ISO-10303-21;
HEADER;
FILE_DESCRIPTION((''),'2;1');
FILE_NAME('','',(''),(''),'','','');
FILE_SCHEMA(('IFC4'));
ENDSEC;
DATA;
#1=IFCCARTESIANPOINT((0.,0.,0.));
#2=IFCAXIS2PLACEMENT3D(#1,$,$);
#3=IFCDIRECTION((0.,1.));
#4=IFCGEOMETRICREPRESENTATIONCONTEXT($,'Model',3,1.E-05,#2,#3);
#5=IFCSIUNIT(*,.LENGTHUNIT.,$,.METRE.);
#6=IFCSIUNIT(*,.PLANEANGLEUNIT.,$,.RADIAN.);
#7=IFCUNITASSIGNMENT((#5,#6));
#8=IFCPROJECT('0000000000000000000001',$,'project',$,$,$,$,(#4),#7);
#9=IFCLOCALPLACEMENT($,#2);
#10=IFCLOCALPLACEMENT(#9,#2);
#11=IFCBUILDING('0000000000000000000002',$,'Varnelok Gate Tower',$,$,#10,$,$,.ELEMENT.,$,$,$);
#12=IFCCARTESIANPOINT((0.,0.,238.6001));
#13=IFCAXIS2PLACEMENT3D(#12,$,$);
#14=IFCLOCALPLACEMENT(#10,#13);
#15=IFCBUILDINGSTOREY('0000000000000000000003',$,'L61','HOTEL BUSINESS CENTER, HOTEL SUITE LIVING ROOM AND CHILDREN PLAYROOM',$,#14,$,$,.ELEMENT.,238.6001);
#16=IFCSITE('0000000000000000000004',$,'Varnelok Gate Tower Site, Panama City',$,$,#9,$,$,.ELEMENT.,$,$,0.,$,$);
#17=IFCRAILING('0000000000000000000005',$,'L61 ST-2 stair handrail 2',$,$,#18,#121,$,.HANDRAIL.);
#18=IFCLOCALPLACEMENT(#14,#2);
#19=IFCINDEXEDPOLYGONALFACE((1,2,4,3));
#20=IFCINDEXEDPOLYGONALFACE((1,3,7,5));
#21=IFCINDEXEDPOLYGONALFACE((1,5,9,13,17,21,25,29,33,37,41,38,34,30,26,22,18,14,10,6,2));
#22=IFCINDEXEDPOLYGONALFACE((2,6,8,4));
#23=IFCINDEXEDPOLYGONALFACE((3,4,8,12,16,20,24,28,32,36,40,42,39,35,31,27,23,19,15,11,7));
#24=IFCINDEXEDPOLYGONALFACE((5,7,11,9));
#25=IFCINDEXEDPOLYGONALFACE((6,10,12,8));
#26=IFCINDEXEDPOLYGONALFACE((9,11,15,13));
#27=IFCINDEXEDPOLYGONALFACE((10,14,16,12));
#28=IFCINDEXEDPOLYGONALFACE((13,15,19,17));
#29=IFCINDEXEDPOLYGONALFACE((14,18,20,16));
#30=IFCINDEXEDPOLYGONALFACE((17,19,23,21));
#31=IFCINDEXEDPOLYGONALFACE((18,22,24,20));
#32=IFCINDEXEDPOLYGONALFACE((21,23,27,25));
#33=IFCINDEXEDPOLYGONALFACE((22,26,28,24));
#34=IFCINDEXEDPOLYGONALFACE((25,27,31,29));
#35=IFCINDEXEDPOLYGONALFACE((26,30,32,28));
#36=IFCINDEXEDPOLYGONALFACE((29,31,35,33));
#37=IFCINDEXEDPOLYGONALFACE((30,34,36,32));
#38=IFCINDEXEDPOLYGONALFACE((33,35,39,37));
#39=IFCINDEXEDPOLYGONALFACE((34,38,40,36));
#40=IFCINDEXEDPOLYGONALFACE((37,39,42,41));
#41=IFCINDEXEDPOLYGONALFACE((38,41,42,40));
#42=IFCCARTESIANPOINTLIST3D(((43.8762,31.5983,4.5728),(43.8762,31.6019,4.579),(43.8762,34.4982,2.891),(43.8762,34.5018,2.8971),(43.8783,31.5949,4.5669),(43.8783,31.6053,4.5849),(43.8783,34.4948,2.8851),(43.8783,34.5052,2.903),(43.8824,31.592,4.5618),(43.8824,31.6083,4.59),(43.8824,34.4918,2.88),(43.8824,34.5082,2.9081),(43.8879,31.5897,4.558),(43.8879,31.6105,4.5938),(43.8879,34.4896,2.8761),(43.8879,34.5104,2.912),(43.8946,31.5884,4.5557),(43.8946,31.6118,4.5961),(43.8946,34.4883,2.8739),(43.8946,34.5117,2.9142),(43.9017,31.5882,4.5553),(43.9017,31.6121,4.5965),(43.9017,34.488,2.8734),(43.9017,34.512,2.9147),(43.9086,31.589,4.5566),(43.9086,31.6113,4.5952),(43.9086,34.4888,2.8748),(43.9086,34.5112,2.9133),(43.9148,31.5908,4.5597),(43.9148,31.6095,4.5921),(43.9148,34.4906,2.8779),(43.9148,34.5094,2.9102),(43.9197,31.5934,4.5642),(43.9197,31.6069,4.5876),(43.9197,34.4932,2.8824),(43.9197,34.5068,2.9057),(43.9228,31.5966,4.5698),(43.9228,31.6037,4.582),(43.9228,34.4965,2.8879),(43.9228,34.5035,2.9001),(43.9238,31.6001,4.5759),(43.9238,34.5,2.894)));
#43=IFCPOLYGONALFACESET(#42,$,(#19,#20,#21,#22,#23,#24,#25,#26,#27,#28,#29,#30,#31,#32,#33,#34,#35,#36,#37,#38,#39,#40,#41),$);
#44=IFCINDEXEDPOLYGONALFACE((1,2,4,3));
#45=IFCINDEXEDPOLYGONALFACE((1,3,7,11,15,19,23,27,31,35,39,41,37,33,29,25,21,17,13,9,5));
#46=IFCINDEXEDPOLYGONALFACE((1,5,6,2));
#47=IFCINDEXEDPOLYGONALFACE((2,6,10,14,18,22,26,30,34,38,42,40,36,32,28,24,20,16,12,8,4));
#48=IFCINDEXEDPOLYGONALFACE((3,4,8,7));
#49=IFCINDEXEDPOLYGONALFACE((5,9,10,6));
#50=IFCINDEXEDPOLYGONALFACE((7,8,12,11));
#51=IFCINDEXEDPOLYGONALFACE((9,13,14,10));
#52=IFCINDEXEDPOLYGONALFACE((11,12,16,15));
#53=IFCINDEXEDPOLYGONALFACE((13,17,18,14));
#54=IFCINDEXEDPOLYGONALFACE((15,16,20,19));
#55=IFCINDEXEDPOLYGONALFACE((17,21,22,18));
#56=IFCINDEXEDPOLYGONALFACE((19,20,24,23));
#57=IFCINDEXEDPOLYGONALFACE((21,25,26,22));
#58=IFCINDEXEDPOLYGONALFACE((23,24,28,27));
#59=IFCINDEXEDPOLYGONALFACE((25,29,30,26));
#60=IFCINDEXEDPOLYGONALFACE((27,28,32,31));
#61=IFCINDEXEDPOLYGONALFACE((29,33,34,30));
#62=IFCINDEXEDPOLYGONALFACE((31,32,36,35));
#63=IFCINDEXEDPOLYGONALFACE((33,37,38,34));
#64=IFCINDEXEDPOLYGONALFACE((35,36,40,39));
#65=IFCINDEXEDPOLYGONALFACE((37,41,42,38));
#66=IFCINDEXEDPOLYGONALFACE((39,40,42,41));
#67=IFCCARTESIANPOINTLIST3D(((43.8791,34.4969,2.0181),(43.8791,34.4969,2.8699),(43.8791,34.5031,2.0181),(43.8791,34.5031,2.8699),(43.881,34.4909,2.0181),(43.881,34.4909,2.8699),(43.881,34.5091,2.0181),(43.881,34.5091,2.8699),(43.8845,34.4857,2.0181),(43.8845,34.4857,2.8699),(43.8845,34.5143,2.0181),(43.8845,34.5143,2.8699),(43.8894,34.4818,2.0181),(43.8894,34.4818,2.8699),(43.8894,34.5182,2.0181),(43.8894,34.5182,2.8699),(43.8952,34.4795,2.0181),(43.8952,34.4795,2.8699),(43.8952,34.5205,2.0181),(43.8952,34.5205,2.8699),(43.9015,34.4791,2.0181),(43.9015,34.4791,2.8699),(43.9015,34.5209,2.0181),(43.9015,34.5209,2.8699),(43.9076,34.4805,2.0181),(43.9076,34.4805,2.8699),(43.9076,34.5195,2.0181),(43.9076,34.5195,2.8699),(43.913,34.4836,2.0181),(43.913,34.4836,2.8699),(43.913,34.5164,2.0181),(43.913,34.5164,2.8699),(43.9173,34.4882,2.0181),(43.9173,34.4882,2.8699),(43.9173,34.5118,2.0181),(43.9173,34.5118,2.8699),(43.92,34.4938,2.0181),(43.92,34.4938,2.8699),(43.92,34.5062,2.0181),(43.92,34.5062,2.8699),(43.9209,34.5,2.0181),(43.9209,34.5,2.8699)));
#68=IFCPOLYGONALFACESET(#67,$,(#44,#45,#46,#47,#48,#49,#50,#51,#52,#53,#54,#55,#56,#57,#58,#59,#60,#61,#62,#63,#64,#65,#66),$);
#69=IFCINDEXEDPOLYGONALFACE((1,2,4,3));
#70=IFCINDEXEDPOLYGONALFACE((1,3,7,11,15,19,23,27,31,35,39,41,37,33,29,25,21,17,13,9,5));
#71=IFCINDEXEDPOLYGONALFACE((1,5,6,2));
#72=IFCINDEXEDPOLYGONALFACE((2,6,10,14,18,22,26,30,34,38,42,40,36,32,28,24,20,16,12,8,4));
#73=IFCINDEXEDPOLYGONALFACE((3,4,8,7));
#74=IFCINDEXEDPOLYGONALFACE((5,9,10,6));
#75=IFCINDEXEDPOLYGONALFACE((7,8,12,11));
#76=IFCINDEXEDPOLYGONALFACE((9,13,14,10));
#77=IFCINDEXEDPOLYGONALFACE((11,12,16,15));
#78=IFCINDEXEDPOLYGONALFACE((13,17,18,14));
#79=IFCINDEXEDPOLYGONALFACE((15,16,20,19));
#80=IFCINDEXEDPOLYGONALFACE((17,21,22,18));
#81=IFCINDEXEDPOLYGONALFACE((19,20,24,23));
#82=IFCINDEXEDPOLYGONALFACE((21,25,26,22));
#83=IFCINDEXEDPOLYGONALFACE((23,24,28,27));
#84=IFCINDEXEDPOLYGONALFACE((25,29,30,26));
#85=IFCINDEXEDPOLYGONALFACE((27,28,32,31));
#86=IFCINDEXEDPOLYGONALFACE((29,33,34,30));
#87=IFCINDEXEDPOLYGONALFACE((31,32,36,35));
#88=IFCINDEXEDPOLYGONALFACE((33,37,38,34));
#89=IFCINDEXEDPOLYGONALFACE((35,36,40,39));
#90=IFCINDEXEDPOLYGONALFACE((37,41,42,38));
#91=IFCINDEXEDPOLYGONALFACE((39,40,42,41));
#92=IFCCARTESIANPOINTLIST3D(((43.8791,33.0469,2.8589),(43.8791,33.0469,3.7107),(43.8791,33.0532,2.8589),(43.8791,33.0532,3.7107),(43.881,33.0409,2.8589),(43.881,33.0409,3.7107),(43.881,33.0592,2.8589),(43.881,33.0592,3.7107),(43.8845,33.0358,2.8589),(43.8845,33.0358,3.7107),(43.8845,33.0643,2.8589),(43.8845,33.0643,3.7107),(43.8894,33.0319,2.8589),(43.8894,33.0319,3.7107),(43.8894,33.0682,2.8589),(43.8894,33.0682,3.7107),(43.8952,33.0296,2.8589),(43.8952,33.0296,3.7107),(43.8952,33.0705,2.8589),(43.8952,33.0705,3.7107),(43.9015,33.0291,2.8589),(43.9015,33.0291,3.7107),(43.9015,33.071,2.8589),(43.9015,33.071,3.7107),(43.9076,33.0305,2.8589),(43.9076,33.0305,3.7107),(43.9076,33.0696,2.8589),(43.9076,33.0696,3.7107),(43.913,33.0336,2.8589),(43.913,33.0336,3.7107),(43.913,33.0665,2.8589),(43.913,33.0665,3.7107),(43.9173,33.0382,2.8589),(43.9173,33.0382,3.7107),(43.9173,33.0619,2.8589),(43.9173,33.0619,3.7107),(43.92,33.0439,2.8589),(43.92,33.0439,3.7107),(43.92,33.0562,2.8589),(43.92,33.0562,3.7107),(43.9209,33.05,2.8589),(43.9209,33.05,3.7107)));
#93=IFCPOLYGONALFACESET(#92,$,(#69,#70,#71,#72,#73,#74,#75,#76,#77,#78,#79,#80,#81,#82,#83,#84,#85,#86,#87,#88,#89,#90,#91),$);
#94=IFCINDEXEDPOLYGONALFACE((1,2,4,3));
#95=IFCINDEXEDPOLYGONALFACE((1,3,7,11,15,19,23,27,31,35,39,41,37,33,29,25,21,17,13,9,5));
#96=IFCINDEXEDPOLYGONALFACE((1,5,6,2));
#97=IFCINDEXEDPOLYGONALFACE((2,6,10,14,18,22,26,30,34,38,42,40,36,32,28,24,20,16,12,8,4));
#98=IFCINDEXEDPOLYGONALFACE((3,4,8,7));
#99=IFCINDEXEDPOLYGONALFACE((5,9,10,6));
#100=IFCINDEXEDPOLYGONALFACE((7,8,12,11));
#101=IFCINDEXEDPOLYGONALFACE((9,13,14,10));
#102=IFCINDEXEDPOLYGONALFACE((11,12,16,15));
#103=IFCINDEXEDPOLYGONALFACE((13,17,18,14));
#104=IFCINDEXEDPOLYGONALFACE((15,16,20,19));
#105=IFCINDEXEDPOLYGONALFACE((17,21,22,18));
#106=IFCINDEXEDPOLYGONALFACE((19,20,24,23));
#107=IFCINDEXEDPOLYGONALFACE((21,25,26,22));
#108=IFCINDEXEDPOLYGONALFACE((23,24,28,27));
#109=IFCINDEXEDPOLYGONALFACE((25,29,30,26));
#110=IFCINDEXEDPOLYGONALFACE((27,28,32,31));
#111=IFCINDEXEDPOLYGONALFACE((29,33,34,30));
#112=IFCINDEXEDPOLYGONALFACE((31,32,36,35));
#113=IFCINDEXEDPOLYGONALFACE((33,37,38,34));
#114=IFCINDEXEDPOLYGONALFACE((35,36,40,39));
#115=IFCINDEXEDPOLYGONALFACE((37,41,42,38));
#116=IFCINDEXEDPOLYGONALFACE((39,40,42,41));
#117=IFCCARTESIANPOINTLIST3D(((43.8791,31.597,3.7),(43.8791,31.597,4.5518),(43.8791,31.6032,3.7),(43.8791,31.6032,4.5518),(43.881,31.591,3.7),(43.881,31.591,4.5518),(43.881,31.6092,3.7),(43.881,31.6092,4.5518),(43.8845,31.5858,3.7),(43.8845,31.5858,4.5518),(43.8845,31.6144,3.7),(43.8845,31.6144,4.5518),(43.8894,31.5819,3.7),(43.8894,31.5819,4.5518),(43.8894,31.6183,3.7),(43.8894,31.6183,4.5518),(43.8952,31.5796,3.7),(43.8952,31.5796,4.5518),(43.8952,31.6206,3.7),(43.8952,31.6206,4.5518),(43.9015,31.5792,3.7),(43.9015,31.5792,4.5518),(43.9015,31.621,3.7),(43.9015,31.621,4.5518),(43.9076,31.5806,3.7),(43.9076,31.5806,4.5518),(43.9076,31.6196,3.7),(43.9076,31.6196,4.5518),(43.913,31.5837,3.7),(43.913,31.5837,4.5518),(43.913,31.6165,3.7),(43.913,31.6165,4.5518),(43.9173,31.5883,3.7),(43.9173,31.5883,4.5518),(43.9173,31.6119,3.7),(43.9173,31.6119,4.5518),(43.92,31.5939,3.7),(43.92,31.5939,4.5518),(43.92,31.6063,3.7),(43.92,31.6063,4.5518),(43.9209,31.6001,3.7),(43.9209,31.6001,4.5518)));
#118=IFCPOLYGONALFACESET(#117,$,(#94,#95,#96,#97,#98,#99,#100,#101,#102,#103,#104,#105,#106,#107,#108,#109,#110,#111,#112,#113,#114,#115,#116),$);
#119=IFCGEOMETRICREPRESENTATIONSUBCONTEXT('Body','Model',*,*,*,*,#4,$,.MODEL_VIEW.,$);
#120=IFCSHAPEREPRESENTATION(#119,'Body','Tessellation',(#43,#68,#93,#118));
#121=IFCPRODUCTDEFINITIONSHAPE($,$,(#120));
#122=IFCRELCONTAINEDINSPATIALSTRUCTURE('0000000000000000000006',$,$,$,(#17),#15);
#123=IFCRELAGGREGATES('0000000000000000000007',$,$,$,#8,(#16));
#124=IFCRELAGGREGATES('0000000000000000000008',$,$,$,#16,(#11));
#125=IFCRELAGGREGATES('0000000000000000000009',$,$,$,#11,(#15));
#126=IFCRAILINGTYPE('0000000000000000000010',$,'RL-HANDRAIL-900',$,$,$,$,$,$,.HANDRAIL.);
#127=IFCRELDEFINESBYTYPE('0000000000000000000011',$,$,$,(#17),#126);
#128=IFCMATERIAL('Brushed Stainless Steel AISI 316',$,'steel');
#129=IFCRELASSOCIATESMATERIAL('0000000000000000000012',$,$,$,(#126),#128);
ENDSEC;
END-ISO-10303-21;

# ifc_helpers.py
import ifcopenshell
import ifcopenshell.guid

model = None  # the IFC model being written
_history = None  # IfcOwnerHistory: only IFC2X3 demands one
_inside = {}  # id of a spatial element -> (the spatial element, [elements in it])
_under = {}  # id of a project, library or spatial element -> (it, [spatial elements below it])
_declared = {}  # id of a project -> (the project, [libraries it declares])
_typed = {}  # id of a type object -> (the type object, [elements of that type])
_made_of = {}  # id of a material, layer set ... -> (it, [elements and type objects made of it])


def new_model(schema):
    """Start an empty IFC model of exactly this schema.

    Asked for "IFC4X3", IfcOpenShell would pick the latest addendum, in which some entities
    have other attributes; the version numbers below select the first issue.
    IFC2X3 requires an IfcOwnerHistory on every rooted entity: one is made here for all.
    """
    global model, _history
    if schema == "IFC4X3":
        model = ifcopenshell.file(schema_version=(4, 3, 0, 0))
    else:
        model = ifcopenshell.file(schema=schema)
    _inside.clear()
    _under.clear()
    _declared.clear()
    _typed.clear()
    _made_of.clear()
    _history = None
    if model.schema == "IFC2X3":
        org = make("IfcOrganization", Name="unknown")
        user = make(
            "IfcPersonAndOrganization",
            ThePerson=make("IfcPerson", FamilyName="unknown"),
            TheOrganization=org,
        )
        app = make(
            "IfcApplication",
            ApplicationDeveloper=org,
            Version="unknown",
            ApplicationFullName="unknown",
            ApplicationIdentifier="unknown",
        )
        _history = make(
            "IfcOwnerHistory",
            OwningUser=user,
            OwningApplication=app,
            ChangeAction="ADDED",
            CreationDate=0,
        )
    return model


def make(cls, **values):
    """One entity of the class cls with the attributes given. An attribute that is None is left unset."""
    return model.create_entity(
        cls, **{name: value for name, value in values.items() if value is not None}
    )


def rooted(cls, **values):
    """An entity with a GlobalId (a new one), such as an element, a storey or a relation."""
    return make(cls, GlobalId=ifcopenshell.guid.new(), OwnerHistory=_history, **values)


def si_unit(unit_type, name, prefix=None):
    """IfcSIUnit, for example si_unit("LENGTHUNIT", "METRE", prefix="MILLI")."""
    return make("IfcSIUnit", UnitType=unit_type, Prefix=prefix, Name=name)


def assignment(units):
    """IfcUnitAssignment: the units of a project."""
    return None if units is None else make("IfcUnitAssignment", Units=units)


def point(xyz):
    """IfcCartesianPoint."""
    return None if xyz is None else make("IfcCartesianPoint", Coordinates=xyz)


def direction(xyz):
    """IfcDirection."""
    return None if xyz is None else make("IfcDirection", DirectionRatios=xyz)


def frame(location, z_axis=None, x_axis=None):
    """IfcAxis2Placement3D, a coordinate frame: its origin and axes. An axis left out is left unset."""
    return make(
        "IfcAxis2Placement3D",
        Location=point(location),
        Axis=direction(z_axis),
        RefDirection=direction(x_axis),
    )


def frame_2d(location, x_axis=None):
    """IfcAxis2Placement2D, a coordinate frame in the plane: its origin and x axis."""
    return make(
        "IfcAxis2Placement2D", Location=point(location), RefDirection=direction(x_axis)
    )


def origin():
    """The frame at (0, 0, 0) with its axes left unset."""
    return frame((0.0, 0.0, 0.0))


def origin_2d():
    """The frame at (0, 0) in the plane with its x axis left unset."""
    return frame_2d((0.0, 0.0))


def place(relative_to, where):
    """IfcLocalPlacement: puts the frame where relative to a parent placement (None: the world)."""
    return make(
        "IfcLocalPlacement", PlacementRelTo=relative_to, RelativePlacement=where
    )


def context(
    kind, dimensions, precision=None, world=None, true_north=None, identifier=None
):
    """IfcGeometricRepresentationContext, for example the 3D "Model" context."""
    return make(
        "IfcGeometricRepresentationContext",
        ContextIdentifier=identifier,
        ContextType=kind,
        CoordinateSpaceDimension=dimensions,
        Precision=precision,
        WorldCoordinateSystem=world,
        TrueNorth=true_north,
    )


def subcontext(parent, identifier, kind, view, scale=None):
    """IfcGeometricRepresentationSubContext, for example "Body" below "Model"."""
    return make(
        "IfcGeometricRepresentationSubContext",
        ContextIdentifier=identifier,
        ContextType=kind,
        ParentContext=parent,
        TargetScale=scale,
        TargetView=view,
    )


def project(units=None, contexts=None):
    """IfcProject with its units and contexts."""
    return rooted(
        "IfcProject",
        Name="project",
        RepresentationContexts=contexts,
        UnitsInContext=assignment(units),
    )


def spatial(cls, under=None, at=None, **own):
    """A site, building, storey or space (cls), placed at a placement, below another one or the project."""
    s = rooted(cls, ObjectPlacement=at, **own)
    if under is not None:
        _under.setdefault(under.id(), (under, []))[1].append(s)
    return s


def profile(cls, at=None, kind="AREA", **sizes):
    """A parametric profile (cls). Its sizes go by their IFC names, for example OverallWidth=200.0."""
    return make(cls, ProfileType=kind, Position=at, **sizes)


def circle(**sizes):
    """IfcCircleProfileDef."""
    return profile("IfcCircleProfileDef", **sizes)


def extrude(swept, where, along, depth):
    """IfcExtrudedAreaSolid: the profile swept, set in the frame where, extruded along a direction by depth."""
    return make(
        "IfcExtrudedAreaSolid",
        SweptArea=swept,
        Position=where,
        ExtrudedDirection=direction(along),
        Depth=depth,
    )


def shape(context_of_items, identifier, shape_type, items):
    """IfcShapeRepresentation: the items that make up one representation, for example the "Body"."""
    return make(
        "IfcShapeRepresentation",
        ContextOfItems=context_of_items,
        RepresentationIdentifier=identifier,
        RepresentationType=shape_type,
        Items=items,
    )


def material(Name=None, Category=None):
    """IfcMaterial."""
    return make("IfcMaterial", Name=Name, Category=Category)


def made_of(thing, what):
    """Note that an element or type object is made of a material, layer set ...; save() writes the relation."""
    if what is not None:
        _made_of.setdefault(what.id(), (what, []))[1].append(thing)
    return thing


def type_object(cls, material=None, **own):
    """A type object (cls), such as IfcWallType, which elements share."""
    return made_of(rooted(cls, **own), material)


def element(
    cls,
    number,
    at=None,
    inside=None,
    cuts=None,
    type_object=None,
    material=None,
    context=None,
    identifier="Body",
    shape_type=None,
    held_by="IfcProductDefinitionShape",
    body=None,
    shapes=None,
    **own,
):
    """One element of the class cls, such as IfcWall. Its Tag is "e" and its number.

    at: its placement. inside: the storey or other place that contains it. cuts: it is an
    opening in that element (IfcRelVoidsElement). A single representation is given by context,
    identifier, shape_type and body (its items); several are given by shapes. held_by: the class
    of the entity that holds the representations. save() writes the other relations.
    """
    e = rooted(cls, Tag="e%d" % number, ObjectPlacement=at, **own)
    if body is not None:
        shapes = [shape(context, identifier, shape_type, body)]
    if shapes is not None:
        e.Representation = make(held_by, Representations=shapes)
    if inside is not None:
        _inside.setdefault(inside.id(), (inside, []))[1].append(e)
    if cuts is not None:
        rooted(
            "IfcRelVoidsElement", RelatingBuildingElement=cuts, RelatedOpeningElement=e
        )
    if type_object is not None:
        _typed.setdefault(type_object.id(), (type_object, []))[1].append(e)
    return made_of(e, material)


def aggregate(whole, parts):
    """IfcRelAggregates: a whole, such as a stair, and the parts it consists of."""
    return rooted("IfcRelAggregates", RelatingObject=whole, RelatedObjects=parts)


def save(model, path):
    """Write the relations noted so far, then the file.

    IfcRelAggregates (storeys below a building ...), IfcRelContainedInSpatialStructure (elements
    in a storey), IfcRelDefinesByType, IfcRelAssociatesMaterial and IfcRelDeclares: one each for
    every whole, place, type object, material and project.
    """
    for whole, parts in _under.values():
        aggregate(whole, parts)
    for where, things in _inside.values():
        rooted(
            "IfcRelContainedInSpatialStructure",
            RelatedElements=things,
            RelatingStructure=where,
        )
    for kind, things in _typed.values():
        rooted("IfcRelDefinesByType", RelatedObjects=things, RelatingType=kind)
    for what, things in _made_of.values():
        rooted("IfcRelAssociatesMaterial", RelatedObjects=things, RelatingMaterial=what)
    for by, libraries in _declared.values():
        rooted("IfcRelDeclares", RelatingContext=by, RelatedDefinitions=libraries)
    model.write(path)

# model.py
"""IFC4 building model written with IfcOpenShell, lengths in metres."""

from ifc_helpers import new_model, si_unit, direction, frame, origin, origin_2d, place, context, subcontext, project, spatial, circle, extrude, material, type_object, element, save


model = new_model("IFC4")

# Units and contexts
model_context = context("Model", 3, precision=1e-05, world=origin(), true_north=direction((0.0, 1.0)))
body_context = subcontext(model_context, "Body", "Model", "MODEL_VIEW")
ifc_project = project(units=[si_unit("LENGTHUNIT", "METRE"), si_unit("PLANEANGLEUNIT", "RADIAN")], contexts=[model_context])

# Site, building, storey
site_placement = place(None, origin())
site = spatial("IfcSite", under=ifc_project, at=site_placement, Name="Varnelok Gate Tower Site, Panama City", CompositionType="ELEMENT", RefElevation=0.0)
building_placement = place(site_placement, origin())
building = spatial("IfcBuilding", under=site, at=building_placement, Name="Varnelok Gate Tower", CompositionType="ELEMENT")
storey_placement = place(building_placement, frame((0.0, 0.0, 238.6001)))
storey = spatial("IfcBuildingStorey", under=building, at=storey_placement, Name="L61", Description="HOTEL BUSINESS CENTER, HOTEL SUITE LIVING ROOM AND CHILDREN PLAYROOM", CompositionType="ELEMENT", Elevation=238.6001)

# Railing
ifc_material_1 = material(Name="Brushed Stainless Steel AISI 316", Category="steel")
railing_type_1 = type_object("IfcRailingType", Name="RL-HANDRAIL-900", PredefinedType="HANDRAIL", material=ifc_material_1)
railing_1_placement = place(storey_placement, frame((43.8999, 34.5, 2.0181)))
element("IfcRailing", 1, at=railing_1_placement, inside=storey, type_object=railing_type_1, Name="L61 ST-2 stair handrail 2", PredefinedType="HANDRAIL", context=body_context, shape_type="SweptSolid", body=[
    extrude(circle(Radius=0.0239, at=origin_2d()), frame((0.0, 0.0, 0.876), z_axis=(0.0, -0.865039, 0.501705), x_axis=(1.0, 0.0, 0.0)), (0.0, 0.0, 1.0), 3.3523),
    extrude(circle(Radius=0.021, at=origin_2d()), origin(), (0.0, 0.0, 1.0), 0.8518),
    extrude(circle(Radius=0.021, at=origin_2d()), frame((0.0, -1.45, 0.8408)), (0.0, 0.0, 1.0), 0.8518),
    extrude(circle(Radius=0.021, at=origin_2d()), frame((0.0, -2.8999, 1.6819)), (0.0, 0.0, 1.0), 0.8518),
])

save(model, "model.ifc")
